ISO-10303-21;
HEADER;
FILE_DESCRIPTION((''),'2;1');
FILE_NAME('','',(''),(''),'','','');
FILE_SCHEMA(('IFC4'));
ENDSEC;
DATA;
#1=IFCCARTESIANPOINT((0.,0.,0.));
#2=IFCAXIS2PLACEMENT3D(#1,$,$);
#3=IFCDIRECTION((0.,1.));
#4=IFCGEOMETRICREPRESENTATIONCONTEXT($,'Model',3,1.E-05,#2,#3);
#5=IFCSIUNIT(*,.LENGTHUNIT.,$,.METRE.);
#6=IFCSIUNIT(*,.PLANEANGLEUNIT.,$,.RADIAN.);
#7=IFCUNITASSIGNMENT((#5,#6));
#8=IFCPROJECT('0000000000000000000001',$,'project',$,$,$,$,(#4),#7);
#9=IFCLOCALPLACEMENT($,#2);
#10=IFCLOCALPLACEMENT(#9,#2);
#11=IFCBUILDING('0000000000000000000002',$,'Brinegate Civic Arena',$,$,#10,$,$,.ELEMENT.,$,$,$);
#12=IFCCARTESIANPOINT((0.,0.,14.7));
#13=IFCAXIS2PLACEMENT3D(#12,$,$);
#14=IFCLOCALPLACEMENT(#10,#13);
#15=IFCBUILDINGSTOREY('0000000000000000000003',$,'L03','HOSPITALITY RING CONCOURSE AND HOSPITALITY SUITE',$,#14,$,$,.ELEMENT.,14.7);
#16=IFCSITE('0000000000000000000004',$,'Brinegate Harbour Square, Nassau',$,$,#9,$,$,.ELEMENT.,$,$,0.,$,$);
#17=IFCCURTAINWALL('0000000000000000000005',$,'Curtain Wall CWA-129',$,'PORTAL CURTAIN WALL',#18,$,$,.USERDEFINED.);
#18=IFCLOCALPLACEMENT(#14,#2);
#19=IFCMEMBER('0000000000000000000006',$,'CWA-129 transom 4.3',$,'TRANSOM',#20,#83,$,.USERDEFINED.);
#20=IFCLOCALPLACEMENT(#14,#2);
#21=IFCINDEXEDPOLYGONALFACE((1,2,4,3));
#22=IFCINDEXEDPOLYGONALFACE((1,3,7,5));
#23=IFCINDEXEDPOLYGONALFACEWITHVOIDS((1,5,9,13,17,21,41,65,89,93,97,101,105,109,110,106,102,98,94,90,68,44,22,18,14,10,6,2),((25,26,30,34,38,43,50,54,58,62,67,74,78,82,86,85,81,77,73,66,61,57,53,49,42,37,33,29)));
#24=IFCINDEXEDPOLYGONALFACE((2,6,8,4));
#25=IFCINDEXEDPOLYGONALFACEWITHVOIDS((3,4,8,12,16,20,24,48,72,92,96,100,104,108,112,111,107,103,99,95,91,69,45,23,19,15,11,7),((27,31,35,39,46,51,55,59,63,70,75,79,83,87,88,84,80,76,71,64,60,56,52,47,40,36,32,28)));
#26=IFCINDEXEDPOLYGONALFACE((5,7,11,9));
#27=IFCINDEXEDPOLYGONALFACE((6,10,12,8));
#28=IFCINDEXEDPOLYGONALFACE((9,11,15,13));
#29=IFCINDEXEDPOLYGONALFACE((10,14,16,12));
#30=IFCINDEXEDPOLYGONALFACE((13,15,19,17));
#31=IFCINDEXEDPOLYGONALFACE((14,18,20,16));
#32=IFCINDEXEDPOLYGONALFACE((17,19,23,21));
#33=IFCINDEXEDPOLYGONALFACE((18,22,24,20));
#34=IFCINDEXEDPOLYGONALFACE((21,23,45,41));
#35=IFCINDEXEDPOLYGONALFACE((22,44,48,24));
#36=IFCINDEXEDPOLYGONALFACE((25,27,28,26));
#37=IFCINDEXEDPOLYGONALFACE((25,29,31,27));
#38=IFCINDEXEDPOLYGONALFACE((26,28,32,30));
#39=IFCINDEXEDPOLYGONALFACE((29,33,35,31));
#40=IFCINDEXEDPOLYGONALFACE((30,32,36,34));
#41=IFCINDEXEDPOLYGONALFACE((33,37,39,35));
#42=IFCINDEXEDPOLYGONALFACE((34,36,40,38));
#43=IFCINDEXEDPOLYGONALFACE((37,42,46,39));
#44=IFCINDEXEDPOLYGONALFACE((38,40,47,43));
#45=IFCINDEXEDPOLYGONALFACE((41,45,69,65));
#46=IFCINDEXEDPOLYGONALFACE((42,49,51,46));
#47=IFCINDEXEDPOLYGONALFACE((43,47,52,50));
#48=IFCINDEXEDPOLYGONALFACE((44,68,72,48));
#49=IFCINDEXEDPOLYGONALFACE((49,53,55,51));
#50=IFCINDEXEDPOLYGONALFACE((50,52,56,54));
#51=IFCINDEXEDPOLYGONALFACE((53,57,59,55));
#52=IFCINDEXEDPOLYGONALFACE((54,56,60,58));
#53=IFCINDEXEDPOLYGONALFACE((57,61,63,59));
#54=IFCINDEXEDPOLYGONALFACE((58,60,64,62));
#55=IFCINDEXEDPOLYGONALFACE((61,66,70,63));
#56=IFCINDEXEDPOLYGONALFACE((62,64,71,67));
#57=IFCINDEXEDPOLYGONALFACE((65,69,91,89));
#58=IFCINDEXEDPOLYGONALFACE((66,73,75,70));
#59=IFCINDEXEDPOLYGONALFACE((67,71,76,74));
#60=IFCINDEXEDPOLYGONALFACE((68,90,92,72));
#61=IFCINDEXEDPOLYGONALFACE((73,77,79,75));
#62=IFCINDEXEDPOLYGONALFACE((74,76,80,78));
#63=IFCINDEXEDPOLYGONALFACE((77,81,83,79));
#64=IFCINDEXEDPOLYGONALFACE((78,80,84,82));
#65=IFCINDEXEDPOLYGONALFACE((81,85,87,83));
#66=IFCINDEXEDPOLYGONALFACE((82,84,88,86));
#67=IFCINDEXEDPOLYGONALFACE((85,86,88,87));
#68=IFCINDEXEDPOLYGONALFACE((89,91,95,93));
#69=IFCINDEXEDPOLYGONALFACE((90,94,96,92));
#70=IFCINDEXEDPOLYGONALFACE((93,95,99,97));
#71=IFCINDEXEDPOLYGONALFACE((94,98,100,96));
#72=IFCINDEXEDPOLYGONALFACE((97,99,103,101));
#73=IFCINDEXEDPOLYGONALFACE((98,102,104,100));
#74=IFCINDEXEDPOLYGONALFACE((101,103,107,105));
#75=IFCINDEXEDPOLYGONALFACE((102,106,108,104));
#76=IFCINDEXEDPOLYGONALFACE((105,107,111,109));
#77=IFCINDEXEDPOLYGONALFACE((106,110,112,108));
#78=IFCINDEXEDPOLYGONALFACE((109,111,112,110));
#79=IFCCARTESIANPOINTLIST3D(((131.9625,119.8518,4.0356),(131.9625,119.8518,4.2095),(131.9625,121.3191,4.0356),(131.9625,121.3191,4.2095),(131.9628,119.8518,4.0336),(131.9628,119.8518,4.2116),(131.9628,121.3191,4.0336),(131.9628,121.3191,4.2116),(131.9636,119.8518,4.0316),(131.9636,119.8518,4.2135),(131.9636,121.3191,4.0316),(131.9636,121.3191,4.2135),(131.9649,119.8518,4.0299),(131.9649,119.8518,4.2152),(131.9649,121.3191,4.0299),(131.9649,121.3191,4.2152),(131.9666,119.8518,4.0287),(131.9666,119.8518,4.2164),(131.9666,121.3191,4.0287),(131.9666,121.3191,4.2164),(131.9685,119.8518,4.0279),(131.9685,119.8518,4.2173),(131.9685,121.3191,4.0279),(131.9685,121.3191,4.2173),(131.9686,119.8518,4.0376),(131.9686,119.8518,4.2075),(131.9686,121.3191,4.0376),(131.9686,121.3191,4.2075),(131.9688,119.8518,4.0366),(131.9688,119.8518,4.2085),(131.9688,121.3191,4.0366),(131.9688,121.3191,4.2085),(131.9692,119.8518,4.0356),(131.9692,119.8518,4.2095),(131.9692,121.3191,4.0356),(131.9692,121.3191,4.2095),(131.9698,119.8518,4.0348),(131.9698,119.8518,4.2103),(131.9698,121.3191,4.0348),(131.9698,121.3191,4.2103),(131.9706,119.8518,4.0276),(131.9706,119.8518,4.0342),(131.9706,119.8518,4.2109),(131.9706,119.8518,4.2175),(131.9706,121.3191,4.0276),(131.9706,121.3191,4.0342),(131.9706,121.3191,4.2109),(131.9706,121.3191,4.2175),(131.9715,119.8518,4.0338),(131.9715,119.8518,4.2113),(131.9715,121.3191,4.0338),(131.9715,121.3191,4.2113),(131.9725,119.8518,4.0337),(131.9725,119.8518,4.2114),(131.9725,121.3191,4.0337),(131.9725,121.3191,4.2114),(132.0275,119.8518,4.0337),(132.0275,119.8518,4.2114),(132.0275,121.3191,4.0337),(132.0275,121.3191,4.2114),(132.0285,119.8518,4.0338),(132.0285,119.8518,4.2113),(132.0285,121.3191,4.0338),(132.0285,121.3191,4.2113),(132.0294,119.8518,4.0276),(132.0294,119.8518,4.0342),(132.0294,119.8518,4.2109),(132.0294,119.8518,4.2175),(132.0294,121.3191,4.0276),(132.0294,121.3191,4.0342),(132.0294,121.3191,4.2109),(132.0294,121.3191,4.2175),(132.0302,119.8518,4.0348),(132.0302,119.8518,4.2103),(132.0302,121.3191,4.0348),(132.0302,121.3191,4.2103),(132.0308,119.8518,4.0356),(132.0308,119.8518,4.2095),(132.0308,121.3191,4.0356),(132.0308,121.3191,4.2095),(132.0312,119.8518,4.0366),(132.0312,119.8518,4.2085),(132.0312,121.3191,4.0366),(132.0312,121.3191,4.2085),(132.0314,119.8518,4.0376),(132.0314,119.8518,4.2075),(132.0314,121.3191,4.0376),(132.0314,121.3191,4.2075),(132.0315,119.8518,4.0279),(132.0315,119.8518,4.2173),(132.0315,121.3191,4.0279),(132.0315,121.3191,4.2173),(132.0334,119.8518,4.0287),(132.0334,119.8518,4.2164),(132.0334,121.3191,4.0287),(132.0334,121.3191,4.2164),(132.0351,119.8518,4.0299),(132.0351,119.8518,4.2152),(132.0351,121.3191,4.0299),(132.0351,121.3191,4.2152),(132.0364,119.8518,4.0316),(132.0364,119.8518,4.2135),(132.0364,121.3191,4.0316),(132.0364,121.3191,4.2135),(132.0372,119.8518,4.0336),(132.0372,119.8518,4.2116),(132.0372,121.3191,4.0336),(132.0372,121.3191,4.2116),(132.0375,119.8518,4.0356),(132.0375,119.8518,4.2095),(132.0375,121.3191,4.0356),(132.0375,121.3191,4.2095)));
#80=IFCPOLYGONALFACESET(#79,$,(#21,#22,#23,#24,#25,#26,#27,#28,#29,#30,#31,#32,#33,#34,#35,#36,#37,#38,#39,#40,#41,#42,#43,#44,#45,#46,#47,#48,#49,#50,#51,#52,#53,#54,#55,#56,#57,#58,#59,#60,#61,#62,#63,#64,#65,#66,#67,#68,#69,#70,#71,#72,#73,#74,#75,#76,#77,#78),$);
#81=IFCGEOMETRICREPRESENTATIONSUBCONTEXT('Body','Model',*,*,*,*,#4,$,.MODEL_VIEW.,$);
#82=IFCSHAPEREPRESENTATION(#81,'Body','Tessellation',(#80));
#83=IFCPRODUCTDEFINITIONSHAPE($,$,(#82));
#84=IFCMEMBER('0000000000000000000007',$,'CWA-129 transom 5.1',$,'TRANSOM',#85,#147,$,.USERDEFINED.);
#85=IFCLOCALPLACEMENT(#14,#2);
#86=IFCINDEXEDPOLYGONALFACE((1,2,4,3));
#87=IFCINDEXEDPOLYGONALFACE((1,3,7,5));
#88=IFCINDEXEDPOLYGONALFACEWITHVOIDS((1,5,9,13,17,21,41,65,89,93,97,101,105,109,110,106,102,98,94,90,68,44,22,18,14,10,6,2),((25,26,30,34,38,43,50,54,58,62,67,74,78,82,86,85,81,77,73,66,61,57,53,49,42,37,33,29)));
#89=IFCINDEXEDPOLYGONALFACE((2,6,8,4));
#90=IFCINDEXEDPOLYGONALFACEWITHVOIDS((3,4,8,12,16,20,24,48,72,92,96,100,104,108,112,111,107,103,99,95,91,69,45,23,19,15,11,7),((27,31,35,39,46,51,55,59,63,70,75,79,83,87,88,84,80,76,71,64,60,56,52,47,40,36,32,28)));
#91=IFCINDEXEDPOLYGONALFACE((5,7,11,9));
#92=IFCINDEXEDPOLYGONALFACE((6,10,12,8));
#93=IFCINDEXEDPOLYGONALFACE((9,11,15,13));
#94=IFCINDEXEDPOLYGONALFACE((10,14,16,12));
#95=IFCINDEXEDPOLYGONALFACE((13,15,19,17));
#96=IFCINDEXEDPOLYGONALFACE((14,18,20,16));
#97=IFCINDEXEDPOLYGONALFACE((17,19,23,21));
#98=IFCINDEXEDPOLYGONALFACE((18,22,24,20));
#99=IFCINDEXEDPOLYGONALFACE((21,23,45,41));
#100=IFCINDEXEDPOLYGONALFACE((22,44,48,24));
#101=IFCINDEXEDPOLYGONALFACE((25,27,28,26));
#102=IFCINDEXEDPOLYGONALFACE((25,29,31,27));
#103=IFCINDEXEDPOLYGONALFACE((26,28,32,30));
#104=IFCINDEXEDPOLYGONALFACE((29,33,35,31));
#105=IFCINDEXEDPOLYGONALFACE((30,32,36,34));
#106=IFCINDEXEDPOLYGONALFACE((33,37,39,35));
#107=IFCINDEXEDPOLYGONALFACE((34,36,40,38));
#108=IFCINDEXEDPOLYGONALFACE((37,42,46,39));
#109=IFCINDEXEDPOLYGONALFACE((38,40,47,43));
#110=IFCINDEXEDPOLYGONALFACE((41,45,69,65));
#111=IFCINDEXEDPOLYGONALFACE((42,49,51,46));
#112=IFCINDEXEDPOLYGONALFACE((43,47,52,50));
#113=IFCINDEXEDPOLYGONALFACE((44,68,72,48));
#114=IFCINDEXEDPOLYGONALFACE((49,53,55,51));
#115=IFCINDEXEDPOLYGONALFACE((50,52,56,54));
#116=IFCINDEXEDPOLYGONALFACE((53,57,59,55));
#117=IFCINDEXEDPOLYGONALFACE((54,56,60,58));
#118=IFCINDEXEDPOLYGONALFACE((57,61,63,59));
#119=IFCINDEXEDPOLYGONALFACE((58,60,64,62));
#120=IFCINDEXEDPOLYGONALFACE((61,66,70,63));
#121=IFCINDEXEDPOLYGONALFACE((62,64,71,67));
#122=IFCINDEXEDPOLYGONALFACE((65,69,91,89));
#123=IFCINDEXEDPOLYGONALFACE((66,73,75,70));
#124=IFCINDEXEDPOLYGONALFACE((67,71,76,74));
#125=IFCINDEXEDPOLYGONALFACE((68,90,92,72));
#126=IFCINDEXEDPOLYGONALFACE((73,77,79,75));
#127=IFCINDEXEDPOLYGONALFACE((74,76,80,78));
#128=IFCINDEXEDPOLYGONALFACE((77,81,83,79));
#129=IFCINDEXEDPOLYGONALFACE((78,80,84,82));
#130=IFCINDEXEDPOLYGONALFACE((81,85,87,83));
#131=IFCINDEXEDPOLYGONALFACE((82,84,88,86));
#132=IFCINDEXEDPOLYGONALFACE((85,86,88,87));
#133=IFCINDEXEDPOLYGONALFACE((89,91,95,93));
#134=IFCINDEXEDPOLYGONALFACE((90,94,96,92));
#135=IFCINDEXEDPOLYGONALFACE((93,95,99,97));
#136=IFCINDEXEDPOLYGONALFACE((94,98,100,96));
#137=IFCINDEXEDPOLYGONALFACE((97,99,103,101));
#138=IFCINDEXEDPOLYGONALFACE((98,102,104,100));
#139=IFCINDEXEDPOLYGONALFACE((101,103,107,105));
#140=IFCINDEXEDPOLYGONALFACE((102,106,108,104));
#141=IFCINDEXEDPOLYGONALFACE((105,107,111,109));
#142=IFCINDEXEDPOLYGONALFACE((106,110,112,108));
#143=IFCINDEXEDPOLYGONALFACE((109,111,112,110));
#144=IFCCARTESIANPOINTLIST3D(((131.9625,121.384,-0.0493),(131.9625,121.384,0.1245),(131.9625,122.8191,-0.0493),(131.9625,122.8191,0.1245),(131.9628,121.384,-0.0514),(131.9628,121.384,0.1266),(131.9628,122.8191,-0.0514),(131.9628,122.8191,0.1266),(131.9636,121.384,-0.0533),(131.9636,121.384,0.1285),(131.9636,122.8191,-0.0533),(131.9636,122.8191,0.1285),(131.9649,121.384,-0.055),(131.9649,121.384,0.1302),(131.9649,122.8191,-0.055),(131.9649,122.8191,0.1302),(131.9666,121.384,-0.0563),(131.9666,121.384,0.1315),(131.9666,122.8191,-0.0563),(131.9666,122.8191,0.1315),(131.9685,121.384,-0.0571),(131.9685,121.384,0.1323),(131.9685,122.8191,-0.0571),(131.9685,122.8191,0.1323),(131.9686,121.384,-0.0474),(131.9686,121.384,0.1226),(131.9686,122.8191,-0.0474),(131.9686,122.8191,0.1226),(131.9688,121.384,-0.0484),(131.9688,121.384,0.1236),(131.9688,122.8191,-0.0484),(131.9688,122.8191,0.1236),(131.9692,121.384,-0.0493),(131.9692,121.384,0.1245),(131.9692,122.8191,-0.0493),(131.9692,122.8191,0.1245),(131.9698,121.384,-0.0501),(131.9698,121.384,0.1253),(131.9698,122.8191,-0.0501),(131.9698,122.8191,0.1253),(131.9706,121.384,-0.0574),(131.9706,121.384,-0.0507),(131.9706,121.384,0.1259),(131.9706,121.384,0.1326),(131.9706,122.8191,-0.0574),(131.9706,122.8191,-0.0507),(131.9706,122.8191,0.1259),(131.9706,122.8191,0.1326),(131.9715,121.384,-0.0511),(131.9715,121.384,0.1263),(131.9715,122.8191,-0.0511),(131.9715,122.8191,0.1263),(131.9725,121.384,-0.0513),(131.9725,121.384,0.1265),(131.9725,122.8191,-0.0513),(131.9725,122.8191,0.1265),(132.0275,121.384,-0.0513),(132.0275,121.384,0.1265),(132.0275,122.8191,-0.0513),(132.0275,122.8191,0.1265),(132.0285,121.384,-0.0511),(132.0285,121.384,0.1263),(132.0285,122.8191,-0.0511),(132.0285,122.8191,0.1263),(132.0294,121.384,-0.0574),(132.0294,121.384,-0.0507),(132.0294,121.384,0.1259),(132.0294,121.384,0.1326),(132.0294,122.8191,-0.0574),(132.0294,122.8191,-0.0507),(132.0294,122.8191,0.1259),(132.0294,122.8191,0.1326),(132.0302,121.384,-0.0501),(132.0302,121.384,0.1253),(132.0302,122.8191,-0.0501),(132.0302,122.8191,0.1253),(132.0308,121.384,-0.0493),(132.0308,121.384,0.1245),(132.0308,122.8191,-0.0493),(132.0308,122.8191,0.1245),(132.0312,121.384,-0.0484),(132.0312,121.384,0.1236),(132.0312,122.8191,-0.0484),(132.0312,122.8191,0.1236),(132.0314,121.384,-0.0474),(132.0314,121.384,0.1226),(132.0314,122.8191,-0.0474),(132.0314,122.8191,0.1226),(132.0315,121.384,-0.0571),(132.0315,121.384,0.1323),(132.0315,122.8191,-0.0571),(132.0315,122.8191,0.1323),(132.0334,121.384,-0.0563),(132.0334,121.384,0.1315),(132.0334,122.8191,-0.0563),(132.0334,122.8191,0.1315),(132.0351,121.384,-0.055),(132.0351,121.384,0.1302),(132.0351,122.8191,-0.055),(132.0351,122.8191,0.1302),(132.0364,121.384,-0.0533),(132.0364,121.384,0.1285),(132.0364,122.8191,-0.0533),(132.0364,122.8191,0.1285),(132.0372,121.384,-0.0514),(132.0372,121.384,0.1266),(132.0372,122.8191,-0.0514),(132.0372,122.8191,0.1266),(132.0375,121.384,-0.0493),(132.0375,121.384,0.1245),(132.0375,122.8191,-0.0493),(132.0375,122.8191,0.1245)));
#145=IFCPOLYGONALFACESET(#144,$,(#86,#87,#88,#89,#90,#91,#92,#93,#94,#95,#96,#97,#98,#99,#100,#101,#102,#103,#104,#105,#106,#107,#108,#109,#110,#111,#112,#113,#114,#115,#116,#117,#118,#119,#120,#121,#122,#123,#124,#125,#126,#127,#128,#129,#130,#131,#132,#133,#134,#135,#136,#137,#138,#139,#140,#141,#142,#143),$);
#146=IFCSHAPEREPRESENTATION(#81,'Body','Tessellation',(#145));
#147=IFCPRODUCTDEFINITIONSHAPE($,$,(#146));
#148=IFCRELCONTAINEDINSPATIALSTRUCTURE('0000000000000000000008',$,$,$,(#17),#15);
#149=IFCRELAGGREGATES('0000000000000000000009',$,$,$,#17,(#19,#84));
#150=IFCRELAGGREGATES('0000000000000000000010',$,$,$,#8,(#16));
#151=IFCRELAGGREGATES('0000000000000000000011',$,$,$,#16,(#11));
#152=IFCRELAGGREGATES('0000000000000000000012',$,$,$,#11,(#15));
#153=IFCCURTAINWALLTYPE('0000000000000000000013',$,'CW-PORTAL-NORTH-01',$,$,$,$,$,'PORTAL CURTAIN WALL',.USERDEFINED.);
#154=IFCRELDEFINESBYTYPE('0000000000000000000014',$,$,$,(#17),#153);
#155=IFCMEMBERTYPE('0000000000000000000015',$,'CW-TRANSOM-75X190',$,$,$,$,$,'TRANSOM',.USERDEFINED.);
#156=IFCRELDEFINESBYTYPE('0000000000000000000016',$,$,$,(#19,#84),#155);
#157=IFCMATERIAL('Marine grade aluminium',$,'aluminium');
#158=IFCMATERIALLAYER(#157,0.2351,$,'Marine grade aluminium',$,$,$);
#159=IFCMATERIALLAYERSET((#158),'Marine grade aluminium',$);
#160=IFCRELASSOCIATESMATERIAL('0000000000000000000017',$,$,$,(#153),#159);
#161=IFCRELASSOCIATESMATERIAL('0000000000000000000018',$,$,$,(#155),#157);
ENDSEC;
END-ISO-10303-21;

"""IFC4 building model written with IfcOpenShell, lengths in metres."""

from ifc_helpers import new_model, si_unit, direction, frame, origin, origin_2d, place, context, subcontext, project, spatial, hollow_rectangle, extrude, material, layer, layer_set, material_profile, profile_set, type_object, element, aggregate, save


model = new_model("IFC4")

# Units and contexts
model_context = context("Model", 3, precision=1e-05, world=origin(), true_north=direction((0.0, 1.0)))
body_context = subcontext(model_context, "Body", "Model", "MODEL_VIEW")
ifc_project = project(units=[si_unit("LENGTHUNIT", "METRE"), si_unit("PLANEANGLEUNIT", "RADIAN")], contexts=[model_context])

# Site, building, storey
site_placement = place(None, origin())
site = spatial("IfcSite", under=ifc_project, at=site_placement, Name="Brinegate Harbour Square, Nassau", CompositionType="ELEMENT", RefElevation=0.0)
building_placement = place(site_placement, origin())
building = spatial("IfcBuilding", under=site, at=building_placement, Name="Brinegate Civic Arena", CompositionType="ELEMENT")
storey_placement = place(building_placement, frame((0.0, 0.0, 14.7)))
storey = spatial("IfcBuildingStorey", under=building, at=storey_placement, Name="L03", Description="HOSPITALITY RING CONCOURSE AND HOSPITALITY SUITE", CompositionType="ELEMENT", Elevation=14.7)

# Curtain wall
ifc_material_1 = material(Name="Marine grade aluminium", Category="aluminium")
ifc_layer_1 = layer(ifc_material_1, 0.2351, Name="Marine grade aluminium")
ifc_layer_set_1 = layer_set([ifc_layer_1], Name="Marine grade aluminium")
curtain_wall_type_1 = type_object("IfcCurtainWallType", Name="CW-PORTAL-NORTH-01", ElementType="PORTAL CURTAIN WALL", PredefinedType="USERDEFINED", material=ifc_layer_set_1)
curtain_wall_1_placement = place(storey_placement, origin())
curtain_wall_1 = element("IfcCurtainWall", 1, at=curtain_wall_1_placement, inside=storey, type_object=curtain_wall_type_1, Name="Curtain Wall CWA-129", ObjectType="PORTAL CURTAIN WALL", PredefinedType="USERDEFINED")

# Members
ifc_material_profile_1 = material_profile(ifc_material_1, hollow_rectangle(XDim=0.075, YDim=0.1899, WallThickness=0.0061, InnerFilletRadius=0.0039, OuterFilletRadius=0.0081, at=origin_2d()), Name="TRN75X190")
ifc_profile_set_1 = profile_set([ifc_material_profile_1], Name="Marine grade aluminium")
member_type_1 = type_object("IfcMemberType", Name="CW-TRANSOM-75X190", ElementType="TRANSOM", PredefinedType="USERDEFINED", material=ifc_profile_set_1)
member_1_placement = place(storey_placement, frame((132.0, 119.8518, 4.1226), z_axis=(0.0, 1.0, 0.0), x_axis=(-1.0, 0.0, 0.0)))
member_1 = element("IfcMember", 2, at=member_1_placement, type_object=member_type_1, Name="CWA-129 transom 4.3", ObjectType="TRANSOM", PredefinedType="USERDEFINED", context=body_context, shape_type="SweptSolid", body=[
    extrude(hollow_rectangle(XDim=0.075, YDim=0.1899, WallThickness=0.0061, InnerFilletRadius=0.0039, OuterFilletRadius=0.0081, at=origin_2d()), origin(), (0.0, 0.0, 1.0), 1.4673),
])
member_2_placement = place(storey_placement, frame((132.0, 121.384, 0.0376), z_axis=(0.0, 1.0, 0.0), x_axis=(-1.0, 0.0, 0.0)))
member_2 = element("IfcMember", 3, at=member_2_placement, type_object=member_type_1, Name="CWA-129 transom 5.1", ObjectType="TRANSOM", PredefinedType="USERDEFINED", context=body_context, shape_type="SweptSolid", body=[
    extrude(hollow_rectangle(XDim=0.075, YDim=0.1899, WallThickness=0.0061, InnerFilletRadius=0.0039, OuterFilletRadius=0.0081, at=origin_2d()), origin(), (0.0, 0.0, 1.0), 1.4351),
])

aggregate(curtain_wall_1, [member_1, member_2])

save(model, "model.ifc")
